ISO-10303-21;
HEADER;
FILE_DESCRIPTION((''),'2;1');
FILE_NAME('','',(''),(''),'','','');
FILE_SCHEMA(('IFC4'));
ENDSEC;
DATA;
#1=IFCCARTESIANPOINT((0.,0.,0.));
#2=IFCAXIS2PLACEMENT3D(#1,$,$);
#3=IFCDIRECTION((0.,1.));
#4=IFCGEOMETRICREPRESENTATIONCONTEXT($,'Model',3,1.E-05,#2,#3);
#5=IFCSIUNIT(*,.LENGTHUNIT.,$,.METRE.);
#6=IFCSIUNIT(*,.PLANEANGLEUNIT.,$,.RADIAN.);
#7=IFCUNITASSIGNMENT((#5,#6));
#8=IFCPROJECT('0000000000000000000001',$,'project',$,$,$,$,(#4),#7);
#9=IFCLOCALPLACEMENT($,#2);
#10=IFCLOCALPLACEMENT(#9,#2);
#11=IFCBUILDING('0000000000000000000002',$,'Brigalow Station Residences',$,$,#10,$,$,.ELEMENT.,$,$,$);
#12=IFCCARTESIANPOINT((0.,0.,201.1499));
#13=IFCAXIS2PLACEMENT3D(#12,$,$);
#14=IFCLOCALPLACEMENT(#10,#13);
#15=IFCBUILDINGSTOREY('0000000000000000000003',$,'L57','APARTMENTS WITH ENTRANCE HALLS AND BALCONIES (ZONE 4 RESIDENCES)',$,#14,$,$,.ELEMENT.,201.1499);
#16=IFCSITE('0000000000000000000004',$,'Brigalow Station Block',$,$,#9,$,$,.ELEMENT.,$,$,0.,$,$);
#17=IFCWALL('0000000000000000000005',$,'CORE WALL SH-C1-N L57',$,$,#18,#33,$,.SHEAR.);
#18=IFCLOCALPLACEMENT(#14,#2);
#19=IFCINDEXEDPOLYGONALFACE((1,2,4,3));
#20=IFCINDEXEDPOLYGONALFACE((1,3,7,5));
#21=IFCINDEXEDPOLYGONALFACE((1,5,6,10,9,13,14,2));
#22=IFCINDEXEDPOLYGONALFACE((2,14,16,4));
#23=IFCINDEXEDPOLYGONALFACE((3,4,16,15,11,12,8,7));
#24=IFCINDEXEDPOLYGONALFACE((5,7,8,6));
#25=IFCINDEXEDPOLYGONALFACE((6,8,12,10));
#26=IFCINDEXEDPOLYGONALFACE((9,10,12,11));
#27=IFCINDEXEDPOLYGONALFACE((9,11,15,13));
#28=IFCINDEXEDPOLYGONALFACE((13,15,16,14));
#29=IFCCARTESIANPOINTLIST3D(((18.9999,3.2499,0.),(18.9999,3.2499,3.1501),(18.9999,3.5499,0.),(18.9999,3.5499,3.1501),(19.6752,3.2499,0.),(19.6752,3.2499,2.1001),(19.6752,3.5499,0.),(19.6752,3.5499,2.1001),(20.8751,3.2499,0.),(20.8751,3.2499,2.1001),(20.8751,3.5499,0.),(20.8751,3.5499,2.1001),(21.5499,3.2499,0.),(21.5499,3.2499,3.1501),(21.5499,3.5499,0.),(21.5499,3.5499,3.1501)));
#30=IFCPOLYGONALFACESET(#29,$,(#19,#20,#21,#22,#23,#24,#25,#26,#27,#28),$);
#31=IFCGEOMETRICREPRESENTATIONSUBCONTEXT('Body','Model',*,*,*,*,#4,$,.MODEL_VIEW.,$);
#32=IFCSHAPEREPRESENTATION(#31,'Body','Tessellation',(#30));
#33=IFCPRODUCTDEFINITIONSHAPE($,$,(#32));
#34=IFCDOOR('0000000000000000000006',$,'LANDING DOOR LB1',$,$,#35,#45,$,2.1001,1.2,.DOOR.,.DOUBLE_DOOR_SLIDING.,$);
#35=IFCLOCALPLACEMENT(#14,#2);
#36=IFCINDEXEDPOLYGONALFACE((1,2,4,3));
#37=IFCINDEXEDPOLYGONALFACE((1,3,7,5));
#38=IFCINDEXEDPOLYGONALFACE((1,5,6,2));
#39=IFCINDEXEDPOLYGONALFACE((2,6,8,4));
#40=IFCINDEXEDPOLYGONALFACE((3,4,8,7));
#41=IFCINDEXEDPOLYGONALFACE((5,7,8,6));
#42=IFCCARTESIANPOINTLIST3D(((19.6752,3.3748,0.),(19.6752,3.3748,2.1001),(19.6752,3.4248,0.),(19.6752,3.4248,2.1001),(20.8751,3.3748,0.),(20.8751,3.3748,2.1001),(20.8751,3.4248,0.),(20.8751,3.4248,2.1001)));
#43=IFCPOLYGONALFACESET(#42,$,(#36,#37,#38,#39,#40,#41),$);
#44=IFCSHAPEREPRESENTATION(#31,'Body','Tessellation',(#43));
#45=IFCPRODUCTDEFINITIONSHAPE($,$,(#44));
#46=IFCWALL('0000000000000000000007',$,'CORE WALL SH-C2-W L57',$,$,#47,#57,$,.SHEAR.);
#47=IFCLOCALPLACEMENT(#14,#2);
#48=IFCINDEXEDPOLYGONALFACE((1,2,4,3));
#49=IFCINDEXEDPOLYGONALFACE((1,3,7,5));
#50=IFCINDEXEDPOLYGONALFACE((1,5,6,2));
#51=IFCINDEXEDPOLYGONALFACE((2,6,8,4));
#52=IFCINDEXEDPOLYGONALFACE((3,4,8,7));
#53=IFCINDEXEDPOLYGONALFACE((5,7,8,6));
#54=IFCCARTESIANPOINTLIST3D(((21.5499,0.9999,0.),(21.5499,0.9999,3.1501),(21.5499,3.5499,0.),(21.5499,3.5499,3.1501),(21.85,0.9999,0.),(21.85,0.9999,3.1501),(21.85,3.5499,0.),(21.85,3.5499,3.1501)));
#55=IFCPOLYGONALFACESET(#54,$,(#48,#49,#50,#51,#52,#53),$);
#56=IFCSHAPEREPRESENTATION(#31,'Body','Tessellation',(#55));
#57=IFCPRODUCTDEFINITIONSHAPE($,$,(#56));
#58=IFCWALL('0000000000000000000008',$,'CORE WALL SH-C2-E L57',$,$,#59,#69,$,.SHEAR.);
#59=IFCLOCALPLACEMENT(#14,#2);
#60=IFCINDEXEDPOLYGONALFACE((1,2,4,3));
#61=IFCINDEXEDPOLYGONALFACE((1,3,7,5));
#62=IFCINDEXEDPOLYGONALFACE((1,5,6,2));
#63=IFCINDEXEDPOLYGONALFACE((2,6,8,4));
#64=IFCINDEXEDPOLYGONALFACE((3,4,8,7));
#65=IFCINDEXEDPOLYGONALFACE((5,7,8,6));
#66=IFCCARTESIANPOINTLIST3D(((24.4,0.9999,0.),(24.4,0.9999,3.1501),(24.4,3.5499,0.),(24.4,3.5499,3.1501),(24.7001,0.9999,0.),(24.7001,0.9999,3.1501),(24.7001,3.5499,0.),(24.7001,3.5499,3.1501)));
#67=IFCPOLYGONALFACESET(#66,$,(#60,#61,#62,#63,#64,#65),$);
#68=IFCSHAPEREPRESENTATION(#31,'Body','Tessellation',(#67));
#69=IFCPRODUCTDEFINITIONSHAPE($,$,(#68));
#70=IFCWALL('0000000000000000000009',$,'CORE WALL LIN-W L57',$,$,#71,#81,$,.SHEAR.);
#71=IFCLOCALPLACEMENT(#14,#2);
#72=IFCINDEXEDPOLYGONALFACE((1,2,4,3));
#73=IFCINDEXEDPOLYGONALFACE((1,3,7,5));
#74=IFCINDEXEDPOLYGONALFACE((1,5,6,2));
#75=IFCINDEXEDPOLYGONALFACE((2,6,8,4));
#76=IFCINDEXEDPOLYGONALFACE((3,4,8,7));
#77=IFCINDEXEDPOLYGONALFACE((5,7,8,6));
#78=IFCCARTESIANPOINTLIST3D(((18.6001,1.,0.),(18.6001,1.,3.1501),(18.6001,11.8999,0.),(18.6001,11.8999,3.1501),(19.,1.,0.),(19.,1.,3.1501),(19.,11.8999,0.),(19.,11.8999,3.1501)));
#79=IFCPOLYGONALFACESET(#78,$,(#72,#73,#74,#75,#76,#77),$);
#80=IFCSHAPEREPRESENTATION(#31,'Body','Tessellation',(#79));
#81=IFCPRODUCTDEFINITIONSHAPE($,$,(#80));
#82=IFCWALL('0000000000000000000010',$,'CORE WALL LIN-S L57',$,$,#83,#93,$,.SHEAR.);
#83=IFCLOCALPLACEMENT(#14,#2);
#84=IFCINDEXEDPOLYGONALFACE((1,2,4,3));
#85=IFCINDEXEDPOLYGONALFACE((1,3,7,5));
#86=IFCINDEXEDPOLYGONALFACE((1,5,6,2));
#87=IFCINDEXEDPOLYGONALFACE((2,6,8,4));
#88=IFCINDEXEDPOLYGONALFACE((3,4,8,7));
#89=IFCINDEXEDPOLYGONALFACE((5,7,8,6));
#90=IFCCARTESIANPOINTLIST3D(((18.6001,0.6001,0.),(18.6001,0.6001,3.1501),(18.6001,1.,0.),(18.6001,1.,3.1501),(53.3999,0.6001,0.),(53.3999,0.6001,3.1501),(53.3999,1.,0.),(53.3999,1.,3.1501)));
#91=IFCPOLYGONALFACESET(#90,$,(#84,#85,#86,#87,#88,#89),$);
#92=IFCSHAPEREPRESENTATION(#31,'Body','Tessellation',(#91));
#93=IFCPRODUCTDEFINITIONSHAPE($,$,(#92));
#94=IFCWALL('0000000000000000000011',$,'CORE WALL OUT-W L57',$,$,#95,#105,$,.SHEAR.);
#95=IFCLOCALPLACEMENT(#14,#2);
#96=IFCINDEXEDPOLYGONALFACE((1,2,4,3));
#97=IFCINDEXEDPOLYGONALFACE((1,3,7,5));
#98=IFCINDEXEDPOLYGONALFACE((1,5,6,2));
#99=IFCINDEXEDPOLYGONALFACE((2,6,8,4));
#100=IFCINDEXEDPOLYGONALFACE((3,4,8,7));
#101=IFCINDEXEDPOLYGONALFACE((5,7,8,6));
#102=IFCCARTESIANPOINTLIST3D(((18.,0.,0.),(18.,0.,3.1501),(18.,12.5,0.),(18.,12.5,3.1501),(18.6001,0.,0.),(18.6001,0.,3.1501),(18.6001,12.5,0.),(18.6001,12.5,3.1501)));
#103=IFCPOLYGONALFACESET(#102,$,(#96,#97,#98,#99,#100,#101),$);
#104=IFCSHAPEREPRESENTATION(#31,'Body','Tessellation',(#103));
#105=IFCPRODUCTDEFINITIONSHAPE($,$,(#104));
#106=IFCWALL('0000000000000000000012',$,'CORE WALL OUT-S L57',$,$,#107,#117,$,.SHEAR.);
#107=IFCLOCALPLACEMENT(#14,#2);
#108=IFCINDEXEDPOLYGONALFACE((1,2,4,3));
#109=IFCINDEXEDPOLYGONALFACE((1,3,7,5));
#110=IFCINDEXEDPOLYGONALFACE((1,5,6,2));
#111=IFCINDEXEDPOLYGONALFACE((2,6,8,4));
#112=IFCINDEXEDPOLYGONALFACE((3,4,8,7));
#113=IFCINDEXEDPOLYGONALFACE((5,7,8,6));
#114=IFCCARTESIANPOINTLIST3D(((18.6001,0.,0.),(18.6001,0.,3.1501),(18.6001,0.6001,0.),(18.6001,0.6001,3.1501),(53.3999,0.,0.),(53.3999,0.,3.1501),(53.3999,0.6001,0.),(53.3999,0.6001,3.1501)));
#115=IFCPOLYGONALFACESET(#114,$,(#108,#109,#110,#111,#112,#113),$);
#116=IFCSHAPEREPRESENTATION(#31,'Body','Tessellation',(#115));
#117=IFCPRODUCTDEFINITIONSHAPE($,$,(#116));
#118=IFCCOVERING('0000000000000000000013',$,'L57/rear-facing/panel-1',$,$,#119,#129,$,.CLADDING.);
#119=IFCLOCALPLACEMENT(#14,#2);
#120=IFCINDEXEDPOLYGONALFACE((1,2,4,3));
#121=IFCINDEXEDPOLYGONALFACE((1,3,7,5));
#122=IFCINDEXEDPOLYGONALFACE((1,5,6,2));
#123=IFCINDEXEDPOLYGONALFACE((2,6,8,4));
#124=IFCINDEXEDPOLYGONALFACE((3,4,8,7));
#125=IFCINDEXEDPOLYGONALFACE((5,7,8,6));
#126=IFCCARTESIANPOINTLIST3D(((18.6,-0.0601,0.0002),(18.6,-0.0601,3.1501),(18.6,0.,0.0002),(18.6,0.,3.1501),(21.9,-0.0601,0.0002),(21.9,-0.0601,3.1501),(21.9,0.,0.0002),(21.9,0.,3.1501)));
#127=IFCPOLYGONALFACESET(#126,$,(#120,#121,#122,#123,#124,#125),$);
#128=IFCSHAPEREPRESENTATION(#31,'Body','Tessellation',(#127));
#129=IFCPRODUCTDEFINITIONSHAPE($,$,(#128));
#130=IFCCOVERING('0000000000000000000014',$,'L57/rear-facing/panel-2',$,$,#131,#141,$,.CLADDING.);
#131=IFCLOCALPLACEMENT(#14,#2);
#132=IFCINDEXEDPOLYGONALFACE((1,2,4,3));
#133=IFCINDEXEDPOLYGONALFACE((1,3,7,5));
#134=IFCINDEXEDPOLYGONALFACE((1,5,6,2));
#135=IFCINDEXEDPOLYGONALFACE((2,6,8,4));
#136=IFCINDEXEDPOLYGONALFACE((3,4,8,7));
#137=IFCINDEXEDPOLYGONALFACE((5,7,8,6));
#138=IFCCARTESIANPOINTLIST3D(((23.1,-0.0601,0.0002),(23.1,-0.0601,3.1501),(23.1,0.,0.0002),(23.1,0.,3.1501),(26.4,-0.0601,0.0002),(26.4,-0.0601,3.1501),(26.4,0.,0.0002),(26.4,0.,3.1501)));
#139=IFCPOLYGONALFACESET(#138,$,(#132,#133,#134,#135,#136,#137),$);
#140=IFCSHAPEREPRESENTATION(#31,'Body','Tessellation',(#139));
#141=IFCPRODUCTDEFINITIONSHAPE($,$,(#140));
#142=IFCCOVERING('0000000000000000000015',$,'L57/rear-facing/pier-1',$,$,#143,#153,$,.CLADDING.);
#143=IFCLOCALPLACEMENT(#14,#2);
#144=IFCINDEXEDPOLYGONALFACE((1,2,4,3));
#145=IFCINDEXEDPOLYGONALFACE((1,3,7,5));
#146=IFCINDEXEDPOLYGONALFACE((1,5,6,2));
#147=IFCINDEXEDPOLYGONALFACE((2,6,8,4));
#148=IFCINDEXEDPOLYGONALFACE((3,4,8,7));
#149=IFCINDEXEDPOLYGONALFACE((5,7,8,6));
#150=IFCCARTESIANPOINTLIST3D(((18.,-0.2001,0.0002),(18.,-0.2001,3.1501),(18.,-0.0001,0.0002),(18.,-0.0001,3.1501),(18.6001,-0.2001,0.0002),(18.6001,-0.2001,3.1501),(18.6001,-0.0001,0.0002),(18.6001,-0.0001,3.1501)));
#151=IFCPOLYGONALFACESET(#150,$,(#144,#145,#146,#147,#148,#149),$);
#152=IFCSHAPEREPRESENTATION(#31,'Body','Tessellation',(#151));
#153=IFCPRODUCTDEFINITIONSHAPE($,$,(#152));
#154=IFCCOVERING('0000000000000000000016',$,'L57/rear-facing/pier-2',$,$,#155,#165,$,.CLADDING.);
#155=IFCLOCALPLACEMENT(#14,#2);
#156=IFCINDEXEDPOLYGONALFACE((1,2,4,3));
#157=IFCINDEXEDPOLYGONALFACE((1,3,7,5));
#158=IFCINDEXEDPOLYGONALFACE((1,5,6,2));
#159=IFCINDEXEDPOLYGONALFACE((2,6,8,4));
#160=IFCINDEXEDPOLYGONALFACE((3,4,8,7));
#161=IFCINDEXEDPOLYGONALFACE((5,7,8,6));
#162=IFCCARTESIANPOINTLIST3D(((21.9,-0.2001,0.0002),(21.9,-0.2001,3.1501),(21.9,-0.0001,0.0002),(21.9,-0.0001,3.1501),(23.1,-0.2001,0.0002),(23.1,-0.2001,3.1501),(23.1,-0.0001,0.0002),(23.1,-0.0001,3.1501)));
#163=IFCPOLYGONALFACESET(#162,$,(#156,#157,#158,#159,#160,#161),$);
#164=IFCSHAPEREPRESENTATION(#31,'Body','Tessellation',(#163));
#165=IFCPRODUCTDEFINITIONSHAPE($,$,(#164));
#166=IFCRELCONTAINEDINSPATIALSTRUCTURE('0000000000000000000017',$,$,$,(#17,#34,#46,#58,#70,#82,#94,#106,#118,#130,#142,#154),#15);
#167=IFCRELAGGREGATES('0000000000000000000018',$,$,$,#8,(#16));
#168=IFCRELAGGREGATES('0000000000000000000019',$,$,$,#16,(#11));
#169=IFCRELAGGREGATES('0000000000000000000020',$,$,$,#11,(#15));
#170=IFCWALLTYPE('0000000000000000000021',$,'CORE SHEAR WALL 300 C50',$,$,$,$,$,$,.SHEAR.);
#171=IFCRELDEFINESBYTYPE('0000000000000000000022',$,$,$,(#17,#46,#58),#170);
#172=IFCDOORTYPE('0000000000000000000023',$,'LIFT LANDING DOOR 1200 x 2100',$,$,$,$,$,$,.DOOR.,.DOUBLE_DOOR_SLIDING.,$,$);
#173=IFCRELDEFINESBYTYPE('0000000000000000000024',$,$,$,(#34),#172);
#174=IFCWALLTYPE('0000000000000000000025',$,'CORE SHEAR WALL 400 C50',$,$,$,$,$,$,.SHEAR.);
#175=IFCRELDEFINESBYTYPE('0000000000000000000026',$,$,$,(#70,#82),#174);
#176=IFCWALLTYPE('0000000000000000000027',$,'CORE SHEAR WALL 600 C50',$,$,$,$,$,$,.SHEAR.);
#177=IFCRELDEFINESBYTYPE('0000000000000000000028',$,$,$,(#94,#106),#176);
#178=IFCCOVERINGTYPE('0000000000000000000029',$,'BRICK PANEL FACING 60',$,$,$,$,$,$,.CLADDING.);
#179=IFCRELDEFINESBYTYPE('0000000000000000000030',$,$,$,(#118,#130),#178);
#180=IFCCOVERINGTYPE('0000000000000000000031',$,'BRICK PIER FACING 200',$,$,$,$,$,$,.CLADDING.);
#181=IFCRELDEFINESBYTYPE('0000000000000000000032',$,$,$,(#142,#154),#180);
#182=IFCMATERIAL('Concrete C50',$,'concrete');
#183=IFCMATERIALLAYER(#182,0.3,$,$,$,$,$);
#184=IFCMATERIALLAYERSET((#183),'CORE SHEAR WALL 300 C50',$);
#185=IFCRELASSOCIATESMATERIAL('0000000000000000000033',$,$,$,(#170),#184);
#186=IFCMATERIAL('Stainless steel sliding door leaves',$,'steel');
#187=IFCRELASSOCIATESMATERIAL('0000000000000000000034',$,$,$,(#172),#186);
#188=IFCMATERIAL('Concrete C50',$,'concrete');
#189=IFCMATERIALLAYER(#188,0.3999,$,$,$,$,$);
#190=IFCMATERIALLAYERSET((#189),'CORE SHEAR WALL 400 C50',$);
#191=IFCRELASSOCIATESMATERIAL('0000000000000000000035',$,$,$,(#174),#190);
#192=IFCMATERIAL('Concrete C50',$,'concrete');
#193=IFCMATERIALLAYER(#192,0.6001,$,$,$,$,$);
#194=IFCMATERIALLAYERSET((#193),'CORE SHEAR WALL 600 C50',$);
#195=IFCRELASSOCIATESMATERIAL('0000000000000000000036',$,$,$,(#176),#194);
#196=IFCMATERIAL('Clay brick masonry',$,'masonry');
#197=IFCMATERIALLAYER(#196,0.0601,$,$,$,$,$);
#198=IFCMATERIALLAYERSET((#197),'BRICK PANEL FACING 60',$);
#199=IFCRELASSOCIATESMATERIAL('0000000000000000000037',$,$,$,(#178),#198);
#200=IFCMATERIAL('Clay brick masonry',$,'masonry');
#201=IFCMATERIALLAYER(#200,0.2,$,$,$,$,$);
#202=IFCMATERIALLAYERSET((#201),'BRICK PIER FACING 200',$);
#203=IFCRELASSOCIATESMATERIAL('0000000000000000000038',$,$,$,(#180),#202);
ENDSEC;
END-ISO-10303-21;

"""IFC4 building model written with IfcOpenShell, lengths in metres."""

from ifc_helpers import new_model, si_unit, direction, frame, frame_2d, origin, origin_2d, place, context, subcontext, project, spatial, rectangle, extrude, material, layer, layer_set, type_object, element, fill, save


model = new_model("IFC4")

# Units and contexts
model_context = context("Model", 3, precision=1e-05, world=origin(), true_north=direction((0.0, 1.0)))
body_context = subcontext(model_context, "Body", "Model", "MODEL_VIEW")
ifc_project = project(units=[si_unit("LENGTHUNIT", "METRE"), si_unit("PLANEANGLEUNIT", "RADIAN")], contexts=[model_context])

# Site, building, storey
site_placement = place(None, origin())
site = spatial("IfcSite", under=ifc_project, at=site_placement, Name="Brigalow Station Block", CompositionType="ELEMENT", RefElevation=0.0)
building_placement = place(site_placement, origin())
building = spatial("IfcBuilding", under=site, at=building_placement, Name="Brigalow Station Residences", CompositionType="ELEMENT")
storey_placement = place(building_placement, frame((0.0, 0.0, 201.1499)))
storey = spatial("IfcBuildingStorey", under=building, at=storey_placement, Name="L57", Description="APARTMENTS WITH ENTRANCE HALLS AND BALCONIES (ZONE 4 RESIDENCES)", CompositionType="ELEMENT", Elevation=201.1499)

# Wall, opening, door
ifc_material_1 = material(Name="Concrete C50", Category="concrete")
ifc_layer_1 = layer(ifc_material_1, 0.3)
ifc_layer_set_1 = layer_set([ifc_layer_1], Name="CORE SHEAR WALL 300 C50")
wall_type_1 = type_object("IfcWallType", Name="CORE SHEAR WALL 300 C50", PredefinedType="SHEAR", material=ifc_layer_set_1)
wall_1_placement = place(storey_placement, frame((19.0, 3.3999, 0.0), z_axis=(0.0, 0.0, 1.0), x_axis=(1.0, 0.0, 0.0)))
wall_1 = element("IfcWall", 1, at=wall_1_placement, inside=storey, type_object=wall_type_1, Name="CORE WALL SH-C1-N L57", PredefinedType="SHEAR", context=body_context, shape_type="SweptSolid", body=[
    extrude(rectangle(XDim=2.55, YDim=0.3, at=frame_2d((1.2749, 0.0))), origin(), (0.0, 0.0, 1.0), 3.1501),
])
opening_placement = place(wall_1_placement, frame((0.675, 0.0, 0.0)))
opening = element("IfcOpeningElement", 2, at=opening_placement, cuts=wall_1, PredefinedType="OPENING", context=body_context, shape_type="SweptSolid", body=[
    extrude(rectangle(XDim=1.2, YDim=2.1001, at=frame_2d((0.6001, 1.05))), frame((0.0, 0.1602, 0.0), z_axis=(0.0, -1.0, 0.0), x_axis=(1.0, 0.0, 0.0)), (0.0, 0.0, 1.0), 0.3201),
])
ifc_material_2 = material(Name="Stainless steel sliding door leaves", Category="steel")
door_type = type_object("IfcDoorType", Name="LIFT LANDING DOOR 1200 x 2100", OperationType="DOUBLE_DOOR_SLIDING", PredefinedType="DOOR", material=ifc_material_2)
door_placement = place(opening_placement, origin())
door = element("IfcDoor", 3, at=door_placement, inside=storey, type_object=door_type, Name="LANDING DOOR LB1", OperationType="DOUBLE_DOOR_SLIDING", OverallHeight=2.1001, OverallWidth=1.2, PredefinedType="DOOR", context=body_context, shape_type="SweptSolid", body=[
    extrude(rectangle(XDim=1.2, YDim=2.1001, at=frame_2d((0.6001, 1.05))), frame((0.0, 0.0249, 0.0), z_axis=(0.0, -1.0, 0.0), x_axis=(1.0, 0.0, 0.0)), (0.0, 0.0, 1.0), 0.05),
])
fill(opening, door)

# Walls
for number, where, z_axis, x_axis, name in (
    (4, (21.7, 1.0, 0.0), (0.0, 0.0, 1.0), (0.0, 1.0, 0.0), "CORE WALL SH-C2-W L57"),
    (5, (24.55, 1.0, 0.0), (0.0, 0.0, 1.0), (0.0, 1.0, 0.0), "CORE WALL SH-C2-E L57"),
):
    element("IfcWall", number, at=place(storey_placement, frame(where, z_axis=z_axis, x_axis=x_axis)), inside=storey, type_object=wall_type_1, Name=name, PredefinedType="SHEAR", context=body_context, shape_type="SweptSolid", body=[
        extrude(rectangle(XDim=2.55, YDim=0.3, at=frame_2d((1.2749, 0.0))), origin(), (0.0, 0.0, 1.0), 3.1501),
    ])
ifc_material_3 = material(Name="Concrete C50", Category="concrete")
ifc_layer_2 = layer(ifc_material_3, 0.3999)
ifc_layer_set_2 = layer_set([ifc_layer_2], Name="CORE SHEAR WALL 400 C50")
wall_type_2 = type_object("IfcWallType", Name="CORE SHEAR WALL 400 C50", PredefinedType="SHEAR", material=ifc_layer_set_2)
wall_2_placement = place(storey_placement, frame((18.8, 1.0, 0.0), z_axis=(0.0, 0.0, 1.0), x_axis=(0.0, 1.0, 0.0)))
element("IfcWall", 6, at=wall_2_placement, inside=storey, type_object=wall_type_2, Name="CORE WALL LIN-W L57", PredefinedType="SHEAR", context=body_context, shape_type="SweptSolid", body=[
    extrude(rectangle(XDim=10.8999, YDim=0.3999, at=frame_2d((5.45, 0.0))), origin(), (0.0, 0.0, 1.0), 3.1501),
])
wall_3_placement = place(storey_placement, frame((18.6001, 0.8, 0.0), z_axis=(0.0, 0.0, 1.0), x_axis=(1.0, 0.0, 0.0)))
element("IfcWall", 7, at=wall_3_placement, inside=storey, type_object=wall_type_2, Name="CORE WALL LIN-S L57", PredefinedType="SHEAR", context=body_context, shape_type="SweptSolid", body=[
    extrude(rectangle(XDim=34.7998, YDim=0.3999, at=frame_2d((17.3999, 0.0))), origin(), (0.0, 0.0, 1.0), 3.1501),
])
ifc_material_4 = material(Name="Concrete C50", Category="concrete")
ifc_layer_3 = layer(ifc_material_4, 0.6001)
ifc_layer_set_3 = layer_set([ifc_layer_3], Name="CORE SHEAR WALL 600 C50")
wall_type_3 = type_object("IfcWallType", Name="CORE SHEAR WALL 600 C50", PredefinedType="SHEAR", material=ifc_layer_set_3)
wall_4_placement = place(storey_placement, frame((18.3, 0.0, 0.0), z_axis=(0.0, 0.0, 1.0), x_axis=(0.0, 1.0, 0.0)))
element("IfcWall", 8, at=wall_4_placement, inside=storey, type_object=wall_type_3, Name="CORE WALL OUT-W L57", PredefinedType="SHEAR", context=body_context, shape_type="SweptSolid", body=[
    extrude(rectangle(XDim=12.5, YDim=0.6001, at=frame_2d((6.25, 0.0))), origin(), (0.0, 0.0, 1.0), 3.1501),
])
wall_5_placement = place(storey_placement, frame((18.6001, 0.3, 0.0), z_axis=(0.0, 0.0, 1.0), x_axis=(1.0, 0.0, 0.0)))
element("IfcWall", 9, at=wall_5_placement, inside=storey, type_object=wall_type_3, Name="CORE WALL OUT-S L57", PredefinedType="SHEAR", context=body_context, shape_type="SweptSolid", body=[
    extrude(rectangle(XDim=34.7998, YDim=0.6001, at=frame_2d((17.3999, 0.0))), origin(), (0.0, 0.0, 1.0), 3.1501),
])

# Coverings
ifc_material_5 = material(Name="Clay brick masonry", Category="masonry")
ifc_layer_4 = layer(ifc_material_5, 0.0601)
ifc_layer_set_4 = layer_set([ifc_layer_4], Name="BRICK PANEL FACING 60")
covering_type_1 = type_object("IfcCoveringType", Name="BRICK PANEL FACING 60", PredefinedType="CLADDING", material=ifc_layer_set_4)
for number, where, z_axis, x_axis, name in (
    (10, (20.25, -0.03, 0.0002), (0.0, 0.0, 1.0), (1.0, 0.0, 0.0), "L57/rear-facing/panel-1"),
    (11, (24.75, -0.03, 0.0002), (0.0, 0.0, 1.0), (1.0, 0.0, 0.0), "L57/rear-facing/panel-2"),
):
    element("IfcCovering", number, at=place(storey_placement, frame(where, z_axis=z_axis, x_axis=x_axis)), inside=storey, type_object=covering_type_1, Name=name, PredefinedType="CLADDING", context=body_context, shape_type="SweptSolid", body=[
        extrude(rectangle(XDim=3.3, YDim=0.0601, at=origin_2d()), origin(), (0.0, 0.0, 1.0), 3.1499),
    ])
ifc_material_6 = material(Name="Clay brick masonry", Category="masonry")
ifc_layer_5 = layer(ifc_material_6, 0.2)
ifc_layer_set_5 = layer_set([ifc_layer_5], Name="BRICK PIER FACING 200")
covering_type_2 = type_object("IfcCoveringType", Name="BRICK PIER FACING 200", PredefinedType="CLADDING", material=ifc_layer_set_5)
covering_1_placement = place(storey_placement, frame((18.3, -0.1001, 0.0002), z_axis=(0.0, 0.0, 1.0), x_axis=(1.0, 0.0, 0.0)))
element("IfcCovering", 12, at=covering_1_placement, inside=storey, type_object=covering_type_2, Name="L57/rear-facing/pier-1", PredefinedType="CLADDING", context=body_context, shape_type="SweptSolid", body=[
    extrude(rectangle(XDim=0.6001, YDim=0.2, at=origin_2d()), origin(), (0.0, 0.0, 1.0), 3.1499),
])
covering_2_placement = place(storey_placement, frame((22.5, -0.1001, 0.0002), z_axis=(0.0, 0.0, 1.0), x_axis=(1.0, 0.0, 0.0)))
element("IfcCovering", 13, at=covering_2_placement, inside=storey, type_object=covering_type_2, Name="L57/rear-facing/pier-2", PredefinedType="CLADDING", context=body_context, shape_type="SweptSolid", body=[
    extrude(rectangle(XDim=1.2, YDim=0.2, at=origin_2d()), origin(), (0.0, 0.0, 1.0), 3.1499),
])

save(model, "model.ifc")
